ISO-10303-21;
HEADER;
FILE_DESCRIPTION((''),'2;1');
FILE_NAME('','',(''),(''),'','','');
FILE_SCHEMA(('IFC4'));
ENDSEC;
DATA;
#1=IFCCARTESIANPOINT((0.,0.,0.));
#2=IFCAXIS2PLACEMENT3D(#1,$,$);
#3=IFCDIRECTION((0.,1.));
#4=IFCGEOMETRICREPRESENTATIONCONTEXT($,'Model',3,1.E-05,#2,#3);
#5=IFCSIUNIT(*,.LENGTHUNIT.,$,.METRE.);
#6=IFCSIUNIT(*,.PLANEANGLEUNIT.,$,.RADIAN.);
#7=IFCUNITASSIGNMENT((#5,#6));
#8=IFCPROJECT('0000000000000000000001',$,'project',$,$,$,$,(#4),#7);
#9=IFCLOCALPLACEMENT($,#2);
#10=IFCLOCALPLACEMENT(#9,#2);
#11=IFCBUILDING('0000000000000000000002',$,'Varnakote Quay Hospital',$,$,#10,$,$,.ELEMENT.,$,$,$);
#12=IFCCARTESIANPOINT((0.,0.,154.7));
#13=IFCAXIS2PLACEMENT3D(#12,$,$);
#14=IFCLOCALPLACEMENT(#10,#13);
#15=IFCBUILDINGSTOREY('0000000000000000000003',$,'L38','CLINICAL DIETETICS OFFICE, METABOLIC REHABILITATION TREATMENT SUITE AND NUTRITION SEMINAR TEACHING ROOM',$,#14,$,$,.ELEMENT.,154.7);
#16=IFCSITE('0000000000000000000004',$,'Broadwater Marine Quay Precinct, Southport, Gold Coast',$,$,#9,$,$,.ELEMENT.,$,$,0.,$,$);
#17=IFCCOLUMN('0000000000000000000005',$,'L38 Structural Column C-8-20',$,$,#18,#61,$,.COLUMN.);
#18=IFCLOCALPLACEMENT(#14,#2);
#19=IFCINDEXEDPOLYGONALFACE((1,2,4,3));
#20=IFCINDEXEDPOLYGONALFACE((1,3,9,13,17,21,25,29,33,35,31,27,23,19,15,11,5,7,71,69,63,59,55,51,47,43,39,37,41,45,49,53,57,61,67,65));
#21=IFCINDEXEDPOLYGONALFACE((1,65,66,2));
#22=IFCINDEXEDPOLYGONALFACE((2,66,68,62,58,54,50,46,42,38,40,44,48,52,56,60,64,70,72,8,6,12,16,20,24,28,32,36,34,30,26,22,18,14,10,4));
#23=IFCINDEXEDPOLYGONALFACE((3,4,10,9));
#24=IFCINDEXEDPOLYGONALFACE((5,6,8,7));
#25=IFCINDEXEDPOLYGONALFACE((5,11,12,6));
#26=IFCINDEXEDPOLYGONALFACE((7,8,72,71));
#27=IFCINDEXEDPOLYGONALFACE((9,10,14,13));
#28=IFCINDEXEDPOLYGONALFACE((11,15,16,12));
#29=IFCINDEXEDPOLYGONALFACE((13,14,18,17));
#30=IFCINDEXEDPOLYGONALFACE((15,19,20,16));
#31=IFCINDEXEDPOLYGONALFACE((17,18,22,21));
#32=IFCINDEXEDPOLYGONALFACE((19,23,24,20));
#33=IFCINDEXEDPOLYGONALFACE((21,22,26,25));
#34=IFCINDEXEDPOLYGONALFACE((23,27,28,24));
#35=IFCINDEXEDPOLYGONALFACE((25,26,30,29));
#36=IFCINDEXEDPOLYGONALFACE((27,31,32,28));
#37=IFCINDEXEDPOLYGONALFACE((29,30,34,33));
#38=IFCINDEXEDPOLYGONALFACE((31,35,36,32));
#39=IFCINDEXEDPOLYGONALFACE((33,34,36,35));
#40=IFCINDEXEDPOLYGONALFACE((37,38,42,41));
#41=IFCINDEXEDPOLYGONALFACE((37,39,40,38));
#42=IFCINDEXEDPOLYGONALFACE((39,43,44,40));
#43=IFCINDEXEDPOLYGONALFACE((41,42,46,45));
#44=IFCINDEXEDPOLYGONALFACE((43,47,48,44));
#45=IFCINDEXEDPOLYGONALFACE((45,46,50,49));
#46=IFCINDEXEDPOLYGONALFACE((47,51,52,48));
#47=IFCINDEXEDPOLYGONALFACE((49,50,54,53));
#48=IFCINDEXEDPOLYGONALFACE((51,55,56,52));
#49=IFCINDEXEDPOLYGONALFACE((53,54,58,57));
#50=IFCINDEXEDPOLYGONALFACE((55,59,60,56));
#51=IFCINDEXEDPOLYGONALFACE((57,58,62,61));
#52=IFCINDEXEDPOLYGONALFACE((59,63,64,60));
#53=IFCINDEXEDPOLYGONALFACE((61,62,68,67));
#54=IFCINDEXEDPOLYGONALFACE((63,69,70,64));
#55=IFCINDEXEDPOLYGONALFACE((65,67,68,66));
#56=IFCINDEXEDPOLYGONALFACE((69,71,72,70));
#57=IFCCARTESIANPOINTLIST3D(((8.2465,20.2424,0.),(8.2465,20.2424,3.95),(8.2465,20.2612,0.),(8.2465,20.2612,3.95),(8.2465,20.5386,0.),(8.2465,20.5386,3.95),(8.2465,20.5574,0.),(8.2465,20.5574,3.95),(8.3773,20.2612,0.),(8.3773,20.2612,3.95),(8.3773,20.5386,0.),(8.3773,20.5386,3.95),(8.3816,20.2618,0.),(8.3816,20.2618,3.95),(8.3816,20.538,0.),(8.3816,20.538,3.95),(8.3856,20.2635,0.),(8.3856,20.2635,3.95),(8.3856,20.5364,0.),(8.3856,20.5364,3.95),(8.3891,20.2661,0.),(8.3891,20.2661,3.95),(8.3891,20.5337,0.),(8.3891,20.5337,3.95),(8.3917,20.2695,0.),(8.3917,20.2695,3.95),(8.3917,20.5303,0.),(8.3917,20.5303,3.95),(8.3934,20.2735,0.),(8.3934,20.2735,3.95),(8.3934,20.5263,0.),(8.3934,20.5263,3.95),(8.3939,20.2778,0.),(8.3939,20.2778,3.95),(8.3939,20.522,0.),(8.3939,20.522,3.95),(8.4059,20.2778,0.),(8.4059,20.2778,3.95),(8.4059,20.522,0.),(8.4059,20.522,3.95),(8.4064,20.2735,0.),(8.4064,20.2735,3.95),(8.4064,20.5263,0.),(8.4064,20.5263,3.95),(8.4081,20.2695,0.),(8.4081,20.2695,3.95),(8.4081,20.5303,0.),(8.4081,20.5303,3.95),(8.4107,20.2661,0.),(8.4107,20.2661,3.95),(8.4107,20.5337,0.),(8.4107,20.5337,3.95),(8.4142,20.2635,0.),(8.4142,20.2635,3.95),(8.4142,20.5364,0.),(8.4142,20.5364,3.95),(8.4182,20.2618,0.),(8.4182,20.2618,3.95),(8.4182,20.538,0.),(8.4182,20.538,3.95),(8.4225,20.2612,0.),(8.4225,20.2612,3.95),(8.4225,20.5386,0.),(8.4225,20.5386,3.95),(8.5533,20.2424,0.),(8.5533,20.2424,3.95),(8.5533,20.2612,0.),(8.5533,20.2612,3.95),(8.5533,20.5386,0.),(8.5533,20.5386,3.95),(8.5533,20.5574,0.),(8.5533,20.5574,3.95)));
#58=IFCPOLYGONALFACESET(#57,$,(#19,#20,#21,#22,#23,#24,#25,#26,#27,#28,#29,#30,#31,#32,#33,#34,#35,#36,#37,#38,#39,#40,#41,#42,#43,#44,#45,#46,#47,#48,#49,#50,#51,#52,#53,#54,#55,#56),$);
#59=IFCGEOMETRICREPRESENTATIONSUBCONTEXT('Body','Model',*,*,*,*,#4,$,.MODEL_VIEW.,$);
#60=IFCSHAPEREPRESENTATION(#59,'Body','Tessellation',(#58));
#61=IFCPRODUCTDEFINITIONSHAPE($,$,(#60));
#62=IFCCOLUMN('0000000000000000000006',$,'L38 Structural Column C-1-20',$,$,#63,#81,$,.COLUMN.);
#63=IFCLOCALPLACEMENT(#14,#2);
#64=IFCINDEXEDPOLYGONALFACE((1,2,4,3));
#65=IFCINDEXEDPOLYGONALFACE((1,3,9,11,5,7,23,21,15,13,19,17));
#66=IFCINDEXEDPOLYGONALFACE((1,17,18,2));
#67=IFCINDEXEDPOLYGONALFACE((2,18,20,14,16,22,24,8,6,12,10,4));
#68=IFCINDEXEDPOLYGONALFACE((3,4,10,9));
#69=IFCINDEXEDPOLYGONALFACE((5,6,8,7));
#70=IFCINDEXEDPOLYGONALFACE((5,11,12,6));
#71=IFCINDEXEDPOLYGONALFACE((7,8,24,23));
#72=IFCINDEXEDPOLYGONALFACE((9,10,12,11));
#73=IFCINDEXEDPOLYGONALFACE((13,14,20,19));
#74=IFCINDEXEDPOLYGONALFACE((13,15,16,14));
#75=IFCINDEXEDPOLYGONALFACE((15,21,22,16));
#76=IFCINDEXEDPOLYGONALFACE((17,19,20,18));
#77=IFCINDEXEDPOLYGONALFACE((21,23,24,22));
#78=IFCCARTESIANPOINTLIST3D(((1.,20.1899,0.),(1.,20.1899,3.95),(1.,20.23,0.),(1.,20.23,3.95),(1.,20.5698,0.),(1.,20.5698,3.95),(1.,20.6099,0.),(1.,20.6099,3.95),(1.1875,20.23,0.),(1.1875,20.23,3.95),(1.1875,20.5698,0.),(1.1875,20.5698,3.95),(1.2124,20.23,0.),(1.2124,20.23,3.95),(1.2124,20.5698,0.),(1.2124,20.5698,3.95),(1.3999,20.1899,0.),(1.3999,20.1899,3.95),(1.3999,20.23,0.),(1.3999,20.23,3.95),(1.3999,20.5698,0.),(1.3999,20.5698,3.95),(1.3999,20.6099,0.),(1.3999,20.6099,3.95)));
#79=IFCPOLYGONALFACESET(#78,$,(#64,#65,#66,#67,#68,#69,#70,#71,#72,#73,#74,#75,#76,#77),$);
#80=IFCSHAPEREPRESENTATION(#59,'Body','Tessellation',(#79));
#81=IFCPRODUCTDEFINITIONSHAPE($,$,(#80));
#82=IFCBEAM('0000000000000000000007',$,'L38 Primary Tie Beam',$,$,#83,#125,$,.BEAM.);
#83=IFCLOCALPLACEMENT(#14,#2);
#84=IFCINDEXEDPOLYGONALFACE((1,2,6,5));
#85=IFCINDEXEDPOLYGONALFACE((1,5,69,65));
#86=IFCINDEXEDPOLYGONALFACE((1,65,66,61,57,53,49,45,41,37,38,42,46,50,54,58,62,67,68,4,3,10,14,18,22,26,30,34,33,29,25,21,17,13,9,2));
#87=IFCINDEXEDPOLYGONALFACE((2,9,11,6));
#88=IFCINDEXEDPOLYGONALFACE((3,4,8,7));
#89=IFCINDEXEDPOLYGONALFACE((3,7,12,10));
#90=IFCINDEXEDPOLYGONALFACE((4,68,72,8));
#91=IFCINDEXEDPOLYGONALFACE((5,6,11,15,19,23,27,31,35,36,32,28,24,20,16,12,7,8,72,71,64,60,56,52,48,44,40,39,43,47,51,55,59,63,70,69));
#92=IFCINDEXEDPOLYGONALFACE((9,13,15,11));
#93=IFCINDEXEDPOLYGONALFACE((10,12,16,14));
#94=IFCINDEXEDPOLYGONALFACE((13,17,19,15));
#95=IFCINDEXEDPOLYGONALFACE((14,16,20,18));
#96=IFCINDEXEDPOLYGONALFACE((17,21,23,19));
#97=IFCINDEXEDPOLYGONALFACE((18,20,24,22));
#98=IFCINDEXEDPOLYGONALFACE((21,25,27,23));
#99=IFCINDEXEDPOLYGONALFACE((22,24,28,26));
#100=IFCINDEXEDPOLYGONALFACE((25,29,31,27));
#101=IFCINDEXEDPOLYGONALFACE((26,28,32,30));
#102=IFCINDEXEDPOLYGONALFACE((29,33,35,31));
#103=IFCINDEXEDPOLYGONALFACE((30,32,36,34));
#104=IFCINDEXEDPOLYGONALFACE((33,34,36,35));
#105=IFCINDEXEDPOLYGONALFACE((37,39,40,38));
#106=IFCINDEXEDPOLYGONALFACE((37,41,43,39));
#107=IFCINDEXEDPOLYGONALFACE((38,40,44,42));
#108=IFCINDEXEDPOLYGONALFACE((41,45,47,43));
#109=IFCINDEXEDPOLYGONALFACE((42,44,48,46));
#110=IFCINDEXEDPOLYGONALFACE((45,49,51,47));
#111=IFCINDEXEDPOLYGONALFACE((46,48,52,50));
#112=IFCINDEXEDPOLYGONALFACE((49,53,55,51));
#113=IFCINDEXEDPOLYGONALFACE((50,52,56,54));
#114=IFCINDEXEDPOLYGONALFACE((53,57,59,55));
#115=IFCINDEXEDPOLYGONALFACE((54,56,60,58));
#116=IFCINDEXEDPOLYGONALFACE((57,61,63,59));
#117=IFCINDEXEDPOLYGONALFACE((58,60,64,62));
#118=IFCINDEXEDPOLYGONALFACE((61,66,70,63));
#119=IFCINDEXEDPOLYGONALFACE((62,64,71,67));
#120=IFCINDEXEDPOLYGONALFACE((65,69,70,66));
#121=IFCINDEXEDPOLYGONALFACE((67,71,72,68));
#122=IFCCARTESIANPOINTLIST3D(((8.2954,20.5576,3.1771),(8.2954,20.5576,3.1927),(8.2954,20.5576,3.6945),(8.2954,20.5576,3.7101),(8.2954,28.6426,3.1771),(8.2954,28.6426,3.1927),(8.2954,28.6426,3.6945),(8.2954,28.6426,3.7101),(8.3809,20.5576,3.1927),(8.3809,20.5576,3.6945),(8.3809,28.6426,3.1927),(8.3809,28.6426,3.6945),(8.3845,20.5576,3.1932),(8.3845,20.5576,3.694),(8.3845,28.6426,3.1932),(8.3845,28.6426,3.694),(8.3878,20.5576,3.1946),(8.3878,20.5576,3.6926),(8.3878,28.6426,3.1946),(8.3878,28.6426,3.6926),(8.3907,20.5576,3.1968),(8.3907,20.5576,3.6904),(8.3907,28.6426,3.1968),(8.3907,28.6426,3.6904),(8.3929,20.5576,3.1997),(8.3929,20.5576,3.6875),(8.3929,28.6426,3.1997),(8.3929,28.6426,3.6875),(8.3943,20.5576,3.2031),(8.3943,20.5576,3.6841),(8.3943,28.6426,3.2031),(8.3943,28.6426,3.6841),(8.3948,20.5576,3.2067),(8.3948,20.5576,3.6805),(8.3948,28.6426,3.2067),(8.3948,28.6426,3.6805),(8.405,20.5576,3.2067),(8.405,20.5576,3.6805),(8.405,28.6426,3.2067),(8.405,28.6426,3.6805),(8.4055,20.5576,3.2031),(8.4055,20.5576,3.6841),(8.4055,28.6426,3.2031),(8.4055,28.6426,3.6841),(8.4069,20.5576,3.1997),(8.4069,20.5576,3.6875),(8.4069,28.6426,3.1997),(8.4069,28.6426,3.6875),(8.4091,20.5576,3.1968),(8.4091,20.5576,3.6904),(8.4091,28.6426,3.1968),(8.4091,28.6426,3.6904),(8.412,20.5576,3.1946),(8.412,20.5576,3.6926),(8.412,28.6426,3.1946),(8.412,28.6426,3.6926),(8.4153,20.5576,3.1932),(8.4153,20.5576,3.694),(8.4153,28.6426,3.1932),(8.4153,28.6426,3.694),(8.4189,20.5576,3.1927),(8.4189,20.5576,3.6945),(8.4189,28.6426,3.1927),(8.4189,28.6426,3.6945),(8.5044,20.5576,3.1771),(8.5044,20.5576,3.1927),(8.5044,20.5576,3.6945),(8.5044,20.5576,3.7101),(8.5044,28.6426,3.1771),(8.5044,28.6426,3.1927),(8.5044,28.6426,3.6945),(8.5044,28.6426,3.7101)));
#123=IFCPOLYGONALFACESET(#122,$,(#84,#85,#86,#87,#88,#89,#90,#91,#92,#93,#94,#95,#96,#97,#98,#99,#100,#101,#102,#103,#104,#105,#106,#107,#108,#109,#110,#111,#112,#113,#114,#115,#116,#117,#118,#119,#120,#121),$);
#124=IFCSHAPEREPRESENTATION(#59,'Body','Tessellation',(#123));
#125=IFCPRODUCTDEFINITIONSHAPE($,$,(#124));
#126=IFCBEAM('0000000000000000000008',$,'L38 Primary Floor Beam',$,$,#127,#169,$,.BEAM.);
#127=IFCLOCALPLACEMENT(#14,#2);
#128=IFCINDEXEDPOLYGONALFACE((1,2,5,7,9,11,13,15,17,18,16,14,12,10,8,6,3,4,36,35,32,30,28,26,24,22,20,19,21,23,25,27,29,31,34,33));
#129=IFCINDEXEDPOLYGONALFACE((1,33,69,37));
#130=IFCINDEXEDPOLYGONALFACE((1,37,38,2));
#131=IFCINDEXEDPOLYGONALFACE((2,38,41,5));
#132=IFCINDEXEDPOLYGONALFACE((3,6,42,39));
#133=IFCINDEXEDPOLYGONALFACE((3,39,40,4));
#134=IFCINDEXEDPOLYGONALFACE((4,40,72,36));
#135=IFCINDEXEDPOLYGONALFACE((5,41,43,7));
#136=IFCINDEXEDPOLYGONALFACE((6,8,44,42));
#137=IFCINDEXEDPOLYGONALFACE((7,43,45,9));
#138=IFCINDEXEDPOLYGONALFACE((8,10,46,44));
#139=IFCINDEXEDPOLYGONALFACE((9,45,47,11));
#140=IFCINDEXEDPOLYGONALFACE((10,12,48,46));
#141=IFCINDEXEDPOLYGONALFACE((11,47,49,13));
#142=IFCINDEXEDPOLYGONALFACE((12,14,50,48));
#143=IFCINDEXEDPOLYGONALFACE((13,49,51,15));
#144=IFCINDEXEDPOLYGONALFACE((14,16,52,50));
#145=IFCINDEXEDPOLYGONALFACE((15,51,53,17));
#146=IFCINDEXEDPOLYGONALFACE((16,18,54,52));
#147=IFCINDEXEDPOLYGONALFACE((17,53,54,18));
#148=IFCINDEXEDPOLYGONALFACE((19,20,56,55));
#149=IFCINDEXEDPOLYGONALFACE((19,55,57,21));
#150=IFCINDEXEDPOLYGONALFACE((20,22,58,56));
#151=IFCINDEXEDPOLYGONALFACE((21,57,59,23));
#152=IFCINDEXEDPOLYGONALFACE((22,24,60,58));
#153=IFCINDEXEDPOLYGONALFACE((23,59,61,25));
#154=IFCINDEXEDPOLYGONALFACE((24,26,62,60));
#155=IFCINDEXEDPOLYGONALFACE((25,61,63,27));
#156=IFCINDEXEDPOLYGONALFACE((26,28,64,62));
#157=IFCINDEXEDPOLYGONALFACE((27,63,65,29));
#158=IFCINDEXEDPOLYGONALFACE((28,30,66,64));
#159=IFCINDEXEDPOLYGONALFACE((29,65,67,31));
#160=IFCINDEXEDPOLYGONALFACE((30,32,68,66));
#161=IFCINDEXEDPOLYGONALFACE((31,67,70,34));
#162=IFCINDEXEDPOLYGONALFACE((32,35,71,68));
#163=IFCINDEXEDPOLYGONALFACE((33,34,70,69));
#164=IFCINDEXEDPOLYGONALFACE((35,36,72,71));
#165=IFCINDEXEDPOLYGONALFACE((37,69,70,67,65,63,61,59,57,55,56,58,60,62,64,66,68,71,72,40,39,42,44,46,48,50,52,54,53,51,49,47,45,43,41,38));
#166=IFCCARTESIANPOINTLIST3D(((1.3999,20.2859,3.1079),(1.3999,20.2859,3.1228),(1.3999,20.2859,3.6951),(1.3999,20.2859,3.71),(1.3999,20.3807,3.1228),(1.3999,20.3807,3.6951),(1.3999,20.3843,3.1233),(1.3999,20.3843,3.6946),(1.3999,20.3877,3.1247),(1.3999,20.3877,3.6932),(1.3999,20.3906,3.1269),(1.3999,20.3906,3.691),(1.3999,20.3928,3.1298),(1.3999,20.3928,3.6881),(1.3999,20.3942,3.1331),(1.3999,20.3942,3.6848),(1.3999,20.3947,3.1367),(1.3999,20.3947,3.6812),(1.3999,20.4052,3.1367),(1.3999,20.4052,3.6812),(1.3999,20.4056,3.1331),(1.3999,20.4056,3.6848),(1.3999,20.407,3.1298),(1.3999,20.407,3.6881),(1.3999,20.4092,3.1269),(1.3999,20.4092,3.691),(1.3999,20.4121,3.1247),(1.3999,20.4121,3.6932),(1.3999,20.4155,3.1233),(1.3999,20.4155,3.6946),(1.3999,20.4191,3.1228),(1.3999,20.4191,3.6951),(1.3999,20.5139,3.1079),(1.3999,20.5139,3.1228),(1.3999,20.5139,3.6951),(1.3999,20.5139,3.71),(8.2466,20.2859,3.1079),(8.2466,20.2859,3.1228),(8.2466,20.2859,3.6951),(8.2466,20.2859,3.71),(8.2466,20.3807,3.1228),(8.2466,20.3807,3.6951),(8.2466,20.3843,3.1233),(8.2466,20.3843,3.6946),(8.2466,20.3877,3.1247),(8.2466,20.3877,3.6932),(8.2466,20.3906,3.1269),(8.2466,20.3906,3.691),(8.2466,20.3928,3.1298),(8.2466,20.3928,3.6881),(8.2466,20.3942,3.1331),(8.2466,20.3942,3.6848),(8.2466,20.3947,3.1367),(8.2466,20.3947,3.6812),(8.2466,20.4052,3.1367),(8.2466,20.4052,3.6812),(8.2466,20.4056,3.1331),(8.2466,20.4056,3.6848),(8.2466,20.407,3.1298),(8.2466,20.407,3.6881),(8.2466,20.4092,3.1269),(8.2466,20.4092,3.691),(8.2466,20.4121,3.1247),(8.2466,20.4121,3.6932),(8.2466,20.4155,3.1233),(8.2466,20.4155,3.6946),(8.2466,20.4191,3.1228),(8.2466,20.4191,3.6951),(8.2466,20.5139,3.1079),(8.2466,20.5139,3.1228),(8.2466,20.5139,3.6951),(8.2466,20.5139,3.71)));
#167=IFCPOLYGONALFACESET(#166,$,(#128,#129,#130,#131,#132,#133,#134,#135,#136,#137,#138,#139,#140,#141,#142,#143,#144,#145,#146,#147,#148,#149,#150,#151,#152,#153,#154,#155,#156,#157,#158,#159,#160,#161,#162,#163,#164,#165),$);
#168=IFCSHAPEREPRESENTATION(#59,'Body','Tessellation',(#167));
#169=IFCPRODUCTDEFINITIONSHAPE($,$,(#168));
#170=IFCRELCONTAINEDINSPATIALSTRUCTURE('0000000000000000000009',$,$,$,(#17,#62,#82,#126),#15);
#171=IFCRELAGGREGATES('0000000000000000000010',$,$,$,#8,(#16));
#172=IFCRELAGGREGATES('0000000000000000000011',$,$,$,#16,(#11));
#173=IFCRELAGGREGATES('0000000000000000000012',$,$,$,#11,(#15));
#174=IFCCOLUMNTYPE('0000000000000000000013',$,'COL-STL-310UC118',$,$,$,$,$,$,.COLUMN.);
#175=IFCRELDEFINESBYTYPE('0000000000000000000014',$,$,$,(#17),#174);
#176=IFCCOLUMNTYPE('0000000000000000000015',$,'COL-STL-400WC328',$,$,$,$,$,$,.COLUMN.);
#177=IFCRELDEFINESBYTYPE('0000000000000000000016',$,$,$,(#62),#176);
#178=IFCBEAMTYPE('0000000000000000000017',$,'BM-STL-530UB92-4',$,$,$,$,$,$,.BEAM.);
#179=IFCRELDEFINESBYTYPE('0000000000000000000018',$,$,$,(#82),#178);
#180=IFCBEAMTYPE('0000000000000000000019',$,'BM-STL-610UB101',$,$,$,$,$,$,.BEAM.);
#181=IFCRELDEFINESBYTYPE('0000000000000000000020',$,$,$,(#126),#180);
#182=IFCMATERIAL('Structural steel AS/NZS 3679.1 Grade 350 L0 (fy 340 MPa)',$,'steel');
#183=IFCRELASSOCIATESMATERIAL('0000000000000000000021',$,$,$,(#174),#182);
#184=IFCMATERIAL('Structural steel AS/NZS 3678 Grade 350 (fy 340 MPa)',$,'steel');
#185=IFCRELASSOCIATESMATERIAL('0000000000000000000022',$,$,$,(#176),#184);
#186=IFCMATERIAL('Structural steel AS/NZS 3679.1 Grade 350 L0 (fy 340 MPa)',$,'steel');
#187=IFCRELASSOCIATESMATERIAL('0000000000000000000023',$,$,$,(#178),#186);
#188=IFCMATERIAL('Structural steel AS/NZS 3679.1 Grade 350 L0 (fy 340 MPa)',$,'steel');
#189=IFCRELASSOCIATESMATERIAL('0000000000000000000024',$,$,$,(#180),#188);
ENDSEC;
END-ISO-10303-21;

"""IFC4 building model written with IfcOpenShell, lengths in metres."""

from ifc_helpers import new_model, si_unit, direction, frame, origin, origin_2d, place, context, subcontext, project, spatial, i_section, extrude, material, material_profile, profile_set, type_object, element, save


model = new_model("IFC4")

# Units and contexts
model_context = context("Model", 3, precision=1e-05, world=origin(), true_north=direction((0.0, 1.0)))
body_context = subcontext(model_context, "Body", "Model", "MODEL_VIEW")
ifc_project = project(units=[si_unit("LENGTHUNIT", "METRE"), si_unit("PLANEANGLEUNIT", "RADIAN")], contexts=[model_context])

# Site, building, storey
site_placement = place(None, origin())
site = spatial("IfcSite", under=ifc_project, at=site_placement, Name="Broadwater Marine Quay Precinct, Southport, Gold Coast", CompositionType="ELEMENT", RefElevation=0.0)
building_placement = place(site_placement, origin())
building = spatial("IfcBuilding", under=site, at=building_placement, Name="Varnakote Quay Hospital", CompositionType="ELEMENT")
storey_placement = place(building_placement, frame((0.0, 0.0, 154.7)))
storey = spatial("IfcBuildingStorey", under=building, at=storey_placement, Name="L38", Description="CLINICAL DIETETICS OFFICE, METABOLIC REHABILITATION TREATMENT SUITE AND NUTRITION SEMINAR TEACHING ROOM", CompositionType="ELEMENT", Elevation=154.7)

# Columns
ifc_material_1 = material(Name="Structural steel AS/NZS 3679.1 Grade 350 L0 (fy 340 MPa)", Category="steel")
ifc_material_profile_1 = material_profile(ifc_material_1, i_section(OverallWidth=0.3069, OverallDepth=0.3149, WebThickness=0.012, FlangeThickness=0.0188, FilletRadius=0.0166, at=origin_2d()), Name="310UC118")
ifc_profile_set_1 = profile_set([ifc_material_profile_1], Name="Structural steel AS/NZS 3679.1 Grade 350 L0 (fy 340 MPa)")
column_type_1 = type_object("IfcColumnType", Name="COL-STL-310UC118", PredefinedType="COLUMN", material=ifc_profile_set_1)
column_1_placement = place(storey_placement, frame((8.3999, 20.3999, 0.0), z_axis=(0.0, 0.0, 1.0), x_axis=(1.0, 0.0, 0.0)))
element("IfcColumn", 1, at=column_1_placement, inside=storey, type_object=column_type_1, Name="L38 Structural Column C-8-20", PredefinedType="COLUMN", context=body_context, shape_type="SweptSolid", body=[
    extrude(i_section(OverallWidth=0.3069, OverallDepth=0.3149, WebThickness=0.012, FlangeThickness=0.0188, FilletRadius=0.0166, at=origin_2d()), origin(), (0.0, 0.0, 1.0), 3.95),
])
ifc_material_2 = material(Name="Structural steel AS/NZS 3678 Grade 350 (fy 340 MPa)", Category="steel")
ifc_material_profile_2 = material_profile(ifc_material_2, i_section(OverallWidth=0.3999, OverallDepth=0.4199, WebThickness=0.0249, FlangeThickness=0.04, at=origin_2d()), Name="400WC328")
ifc_profile_set_2 = profile_set([ifc_material_profile_2], Name="Structural steel AS/NZS 3678 Grade 350 (fy 340 MPa)")
column_type_2 = type_object("IfcColumnType", Name="COL-STL-400WC328", PredefinedType="COLUMN", material=ifc_profile_set_2)
column_2_placement = place(storey_placement, frame((1.2, 20.3999, 0.0), z_axis=(0.0, 0.0, 1.0), x_axis=(1.0, 0.0, 0.0)))
element("IfcColumn", 2, at=column_2_placement, inside=storey, type_object=column_type_2, Name="L38 Structural Column C-1-20", PredefinedType="COLUMN", context=body_context, shape_type="SweptSolid", body=[
    extrude(i_section(OverallWidth=0.3999, OverallDepth=0.4199, WebThickness=0.0249, FlangeThickness=0.04, at=origin_2d()), origin(), (0.0, 0.0, 1.0), 3.95),
])

# Beams
ifc_material_3 = material(Name="Structural steel AS/NZS 3679.1 Grade 350 L0 (fy 340 MPa)", Category="steel")
ifc_material_profile_3 = material_profile(ifc_material_3, i_section(OverallWidth=0.209, OverallDepth=0.533, WebThickness=0.0103, FlangeThickness=0.0156, FilletRadius=0.0139, at=origin_2d()), Name="530UB92.4")
ifc_profile_set_3 = profile_set([ifc_material_profile_3], Name="Structural steel AS/NZS 3679.1 Grade 350 L0 (fy 340 MPa)")
beam_type_1 = type_object("IfcBeamType", Name="BM-STL-530UB92-4", PredefinedType="BEAM", material=ifc_profile_set_3)
beam_1_placement = place(storey_placement, frame((8.3999, 20.5576, 3.4436), z_axis=(0.0, 1.0, 0.0), x_axis=(-1.0, 0.0, 0.0)))
element("IfcBeam", 3, at=beam_1_placement, inside=storey, type_object=beam_type_1, Name="L38 Primary Tie Beam", PredefinedType="BEAM", context=body_context, shape_type="SweptSolid", body=[
    extrude(i_section(OverallWidth=0.209, OverallDepth=0.533, WebThickness=0.0103, FlangeThickness=0.0156, FilletRadius=0.0139, at=origin_2d()), origin(), (0.0, 0.0, 1.0), 8.085),
])
ifc_material_4 = material(Name="Structural steel AS/NZS 3679.1 Grade 350 L0 (fy 340 MPa)", Category="steel")
ifc_material_profile_4 = material_profile(ifc_material_4, i_section(OverallWidth=0.228, OverallDepth=0.6021, WebThickness=0.0105, FlangeThickness=0.0149, FilletRadius=0.0139, at=origin_2d()), Name="610UB101")
ifc_profile_set_4 = profile_set([ifc_material_profile_4], Name="Structural steel AS/NZS 3679.1 Grade 350 L0 (fy 340 MPa)")
beam_type_2 = type_object("IfcBeamType", Name="BM-STL-610UB101", PredefinedType="BEAM", material=ifc_profile_set_4)
beam_2_placement = place(storey_placement, frame((1.3999, 20.3999, 3.4089), z_axis=(1.0, 0.0, 0.0), x_axis=(0.0, 1.0, 0.0)))
element("IfcBeam", 4, at=beam_2_placement, inside=storey, type_object=beam_type_2, Name="L38 Primary Floor Beam", PredefinedType="BEAM", context=body_context, shape_type="SweptSolid", body=[
    extrude(i_section(OverallWidth=0.228, OverallDepth=0.6021, WebThickness=0.0105, FlangeThickness=0.0149, FilletRadius=0.0139, at=origin_2d()), origin(), (0.0, 0.0, 1.0), 6.8467),
])

save(model, "model.ifc")
